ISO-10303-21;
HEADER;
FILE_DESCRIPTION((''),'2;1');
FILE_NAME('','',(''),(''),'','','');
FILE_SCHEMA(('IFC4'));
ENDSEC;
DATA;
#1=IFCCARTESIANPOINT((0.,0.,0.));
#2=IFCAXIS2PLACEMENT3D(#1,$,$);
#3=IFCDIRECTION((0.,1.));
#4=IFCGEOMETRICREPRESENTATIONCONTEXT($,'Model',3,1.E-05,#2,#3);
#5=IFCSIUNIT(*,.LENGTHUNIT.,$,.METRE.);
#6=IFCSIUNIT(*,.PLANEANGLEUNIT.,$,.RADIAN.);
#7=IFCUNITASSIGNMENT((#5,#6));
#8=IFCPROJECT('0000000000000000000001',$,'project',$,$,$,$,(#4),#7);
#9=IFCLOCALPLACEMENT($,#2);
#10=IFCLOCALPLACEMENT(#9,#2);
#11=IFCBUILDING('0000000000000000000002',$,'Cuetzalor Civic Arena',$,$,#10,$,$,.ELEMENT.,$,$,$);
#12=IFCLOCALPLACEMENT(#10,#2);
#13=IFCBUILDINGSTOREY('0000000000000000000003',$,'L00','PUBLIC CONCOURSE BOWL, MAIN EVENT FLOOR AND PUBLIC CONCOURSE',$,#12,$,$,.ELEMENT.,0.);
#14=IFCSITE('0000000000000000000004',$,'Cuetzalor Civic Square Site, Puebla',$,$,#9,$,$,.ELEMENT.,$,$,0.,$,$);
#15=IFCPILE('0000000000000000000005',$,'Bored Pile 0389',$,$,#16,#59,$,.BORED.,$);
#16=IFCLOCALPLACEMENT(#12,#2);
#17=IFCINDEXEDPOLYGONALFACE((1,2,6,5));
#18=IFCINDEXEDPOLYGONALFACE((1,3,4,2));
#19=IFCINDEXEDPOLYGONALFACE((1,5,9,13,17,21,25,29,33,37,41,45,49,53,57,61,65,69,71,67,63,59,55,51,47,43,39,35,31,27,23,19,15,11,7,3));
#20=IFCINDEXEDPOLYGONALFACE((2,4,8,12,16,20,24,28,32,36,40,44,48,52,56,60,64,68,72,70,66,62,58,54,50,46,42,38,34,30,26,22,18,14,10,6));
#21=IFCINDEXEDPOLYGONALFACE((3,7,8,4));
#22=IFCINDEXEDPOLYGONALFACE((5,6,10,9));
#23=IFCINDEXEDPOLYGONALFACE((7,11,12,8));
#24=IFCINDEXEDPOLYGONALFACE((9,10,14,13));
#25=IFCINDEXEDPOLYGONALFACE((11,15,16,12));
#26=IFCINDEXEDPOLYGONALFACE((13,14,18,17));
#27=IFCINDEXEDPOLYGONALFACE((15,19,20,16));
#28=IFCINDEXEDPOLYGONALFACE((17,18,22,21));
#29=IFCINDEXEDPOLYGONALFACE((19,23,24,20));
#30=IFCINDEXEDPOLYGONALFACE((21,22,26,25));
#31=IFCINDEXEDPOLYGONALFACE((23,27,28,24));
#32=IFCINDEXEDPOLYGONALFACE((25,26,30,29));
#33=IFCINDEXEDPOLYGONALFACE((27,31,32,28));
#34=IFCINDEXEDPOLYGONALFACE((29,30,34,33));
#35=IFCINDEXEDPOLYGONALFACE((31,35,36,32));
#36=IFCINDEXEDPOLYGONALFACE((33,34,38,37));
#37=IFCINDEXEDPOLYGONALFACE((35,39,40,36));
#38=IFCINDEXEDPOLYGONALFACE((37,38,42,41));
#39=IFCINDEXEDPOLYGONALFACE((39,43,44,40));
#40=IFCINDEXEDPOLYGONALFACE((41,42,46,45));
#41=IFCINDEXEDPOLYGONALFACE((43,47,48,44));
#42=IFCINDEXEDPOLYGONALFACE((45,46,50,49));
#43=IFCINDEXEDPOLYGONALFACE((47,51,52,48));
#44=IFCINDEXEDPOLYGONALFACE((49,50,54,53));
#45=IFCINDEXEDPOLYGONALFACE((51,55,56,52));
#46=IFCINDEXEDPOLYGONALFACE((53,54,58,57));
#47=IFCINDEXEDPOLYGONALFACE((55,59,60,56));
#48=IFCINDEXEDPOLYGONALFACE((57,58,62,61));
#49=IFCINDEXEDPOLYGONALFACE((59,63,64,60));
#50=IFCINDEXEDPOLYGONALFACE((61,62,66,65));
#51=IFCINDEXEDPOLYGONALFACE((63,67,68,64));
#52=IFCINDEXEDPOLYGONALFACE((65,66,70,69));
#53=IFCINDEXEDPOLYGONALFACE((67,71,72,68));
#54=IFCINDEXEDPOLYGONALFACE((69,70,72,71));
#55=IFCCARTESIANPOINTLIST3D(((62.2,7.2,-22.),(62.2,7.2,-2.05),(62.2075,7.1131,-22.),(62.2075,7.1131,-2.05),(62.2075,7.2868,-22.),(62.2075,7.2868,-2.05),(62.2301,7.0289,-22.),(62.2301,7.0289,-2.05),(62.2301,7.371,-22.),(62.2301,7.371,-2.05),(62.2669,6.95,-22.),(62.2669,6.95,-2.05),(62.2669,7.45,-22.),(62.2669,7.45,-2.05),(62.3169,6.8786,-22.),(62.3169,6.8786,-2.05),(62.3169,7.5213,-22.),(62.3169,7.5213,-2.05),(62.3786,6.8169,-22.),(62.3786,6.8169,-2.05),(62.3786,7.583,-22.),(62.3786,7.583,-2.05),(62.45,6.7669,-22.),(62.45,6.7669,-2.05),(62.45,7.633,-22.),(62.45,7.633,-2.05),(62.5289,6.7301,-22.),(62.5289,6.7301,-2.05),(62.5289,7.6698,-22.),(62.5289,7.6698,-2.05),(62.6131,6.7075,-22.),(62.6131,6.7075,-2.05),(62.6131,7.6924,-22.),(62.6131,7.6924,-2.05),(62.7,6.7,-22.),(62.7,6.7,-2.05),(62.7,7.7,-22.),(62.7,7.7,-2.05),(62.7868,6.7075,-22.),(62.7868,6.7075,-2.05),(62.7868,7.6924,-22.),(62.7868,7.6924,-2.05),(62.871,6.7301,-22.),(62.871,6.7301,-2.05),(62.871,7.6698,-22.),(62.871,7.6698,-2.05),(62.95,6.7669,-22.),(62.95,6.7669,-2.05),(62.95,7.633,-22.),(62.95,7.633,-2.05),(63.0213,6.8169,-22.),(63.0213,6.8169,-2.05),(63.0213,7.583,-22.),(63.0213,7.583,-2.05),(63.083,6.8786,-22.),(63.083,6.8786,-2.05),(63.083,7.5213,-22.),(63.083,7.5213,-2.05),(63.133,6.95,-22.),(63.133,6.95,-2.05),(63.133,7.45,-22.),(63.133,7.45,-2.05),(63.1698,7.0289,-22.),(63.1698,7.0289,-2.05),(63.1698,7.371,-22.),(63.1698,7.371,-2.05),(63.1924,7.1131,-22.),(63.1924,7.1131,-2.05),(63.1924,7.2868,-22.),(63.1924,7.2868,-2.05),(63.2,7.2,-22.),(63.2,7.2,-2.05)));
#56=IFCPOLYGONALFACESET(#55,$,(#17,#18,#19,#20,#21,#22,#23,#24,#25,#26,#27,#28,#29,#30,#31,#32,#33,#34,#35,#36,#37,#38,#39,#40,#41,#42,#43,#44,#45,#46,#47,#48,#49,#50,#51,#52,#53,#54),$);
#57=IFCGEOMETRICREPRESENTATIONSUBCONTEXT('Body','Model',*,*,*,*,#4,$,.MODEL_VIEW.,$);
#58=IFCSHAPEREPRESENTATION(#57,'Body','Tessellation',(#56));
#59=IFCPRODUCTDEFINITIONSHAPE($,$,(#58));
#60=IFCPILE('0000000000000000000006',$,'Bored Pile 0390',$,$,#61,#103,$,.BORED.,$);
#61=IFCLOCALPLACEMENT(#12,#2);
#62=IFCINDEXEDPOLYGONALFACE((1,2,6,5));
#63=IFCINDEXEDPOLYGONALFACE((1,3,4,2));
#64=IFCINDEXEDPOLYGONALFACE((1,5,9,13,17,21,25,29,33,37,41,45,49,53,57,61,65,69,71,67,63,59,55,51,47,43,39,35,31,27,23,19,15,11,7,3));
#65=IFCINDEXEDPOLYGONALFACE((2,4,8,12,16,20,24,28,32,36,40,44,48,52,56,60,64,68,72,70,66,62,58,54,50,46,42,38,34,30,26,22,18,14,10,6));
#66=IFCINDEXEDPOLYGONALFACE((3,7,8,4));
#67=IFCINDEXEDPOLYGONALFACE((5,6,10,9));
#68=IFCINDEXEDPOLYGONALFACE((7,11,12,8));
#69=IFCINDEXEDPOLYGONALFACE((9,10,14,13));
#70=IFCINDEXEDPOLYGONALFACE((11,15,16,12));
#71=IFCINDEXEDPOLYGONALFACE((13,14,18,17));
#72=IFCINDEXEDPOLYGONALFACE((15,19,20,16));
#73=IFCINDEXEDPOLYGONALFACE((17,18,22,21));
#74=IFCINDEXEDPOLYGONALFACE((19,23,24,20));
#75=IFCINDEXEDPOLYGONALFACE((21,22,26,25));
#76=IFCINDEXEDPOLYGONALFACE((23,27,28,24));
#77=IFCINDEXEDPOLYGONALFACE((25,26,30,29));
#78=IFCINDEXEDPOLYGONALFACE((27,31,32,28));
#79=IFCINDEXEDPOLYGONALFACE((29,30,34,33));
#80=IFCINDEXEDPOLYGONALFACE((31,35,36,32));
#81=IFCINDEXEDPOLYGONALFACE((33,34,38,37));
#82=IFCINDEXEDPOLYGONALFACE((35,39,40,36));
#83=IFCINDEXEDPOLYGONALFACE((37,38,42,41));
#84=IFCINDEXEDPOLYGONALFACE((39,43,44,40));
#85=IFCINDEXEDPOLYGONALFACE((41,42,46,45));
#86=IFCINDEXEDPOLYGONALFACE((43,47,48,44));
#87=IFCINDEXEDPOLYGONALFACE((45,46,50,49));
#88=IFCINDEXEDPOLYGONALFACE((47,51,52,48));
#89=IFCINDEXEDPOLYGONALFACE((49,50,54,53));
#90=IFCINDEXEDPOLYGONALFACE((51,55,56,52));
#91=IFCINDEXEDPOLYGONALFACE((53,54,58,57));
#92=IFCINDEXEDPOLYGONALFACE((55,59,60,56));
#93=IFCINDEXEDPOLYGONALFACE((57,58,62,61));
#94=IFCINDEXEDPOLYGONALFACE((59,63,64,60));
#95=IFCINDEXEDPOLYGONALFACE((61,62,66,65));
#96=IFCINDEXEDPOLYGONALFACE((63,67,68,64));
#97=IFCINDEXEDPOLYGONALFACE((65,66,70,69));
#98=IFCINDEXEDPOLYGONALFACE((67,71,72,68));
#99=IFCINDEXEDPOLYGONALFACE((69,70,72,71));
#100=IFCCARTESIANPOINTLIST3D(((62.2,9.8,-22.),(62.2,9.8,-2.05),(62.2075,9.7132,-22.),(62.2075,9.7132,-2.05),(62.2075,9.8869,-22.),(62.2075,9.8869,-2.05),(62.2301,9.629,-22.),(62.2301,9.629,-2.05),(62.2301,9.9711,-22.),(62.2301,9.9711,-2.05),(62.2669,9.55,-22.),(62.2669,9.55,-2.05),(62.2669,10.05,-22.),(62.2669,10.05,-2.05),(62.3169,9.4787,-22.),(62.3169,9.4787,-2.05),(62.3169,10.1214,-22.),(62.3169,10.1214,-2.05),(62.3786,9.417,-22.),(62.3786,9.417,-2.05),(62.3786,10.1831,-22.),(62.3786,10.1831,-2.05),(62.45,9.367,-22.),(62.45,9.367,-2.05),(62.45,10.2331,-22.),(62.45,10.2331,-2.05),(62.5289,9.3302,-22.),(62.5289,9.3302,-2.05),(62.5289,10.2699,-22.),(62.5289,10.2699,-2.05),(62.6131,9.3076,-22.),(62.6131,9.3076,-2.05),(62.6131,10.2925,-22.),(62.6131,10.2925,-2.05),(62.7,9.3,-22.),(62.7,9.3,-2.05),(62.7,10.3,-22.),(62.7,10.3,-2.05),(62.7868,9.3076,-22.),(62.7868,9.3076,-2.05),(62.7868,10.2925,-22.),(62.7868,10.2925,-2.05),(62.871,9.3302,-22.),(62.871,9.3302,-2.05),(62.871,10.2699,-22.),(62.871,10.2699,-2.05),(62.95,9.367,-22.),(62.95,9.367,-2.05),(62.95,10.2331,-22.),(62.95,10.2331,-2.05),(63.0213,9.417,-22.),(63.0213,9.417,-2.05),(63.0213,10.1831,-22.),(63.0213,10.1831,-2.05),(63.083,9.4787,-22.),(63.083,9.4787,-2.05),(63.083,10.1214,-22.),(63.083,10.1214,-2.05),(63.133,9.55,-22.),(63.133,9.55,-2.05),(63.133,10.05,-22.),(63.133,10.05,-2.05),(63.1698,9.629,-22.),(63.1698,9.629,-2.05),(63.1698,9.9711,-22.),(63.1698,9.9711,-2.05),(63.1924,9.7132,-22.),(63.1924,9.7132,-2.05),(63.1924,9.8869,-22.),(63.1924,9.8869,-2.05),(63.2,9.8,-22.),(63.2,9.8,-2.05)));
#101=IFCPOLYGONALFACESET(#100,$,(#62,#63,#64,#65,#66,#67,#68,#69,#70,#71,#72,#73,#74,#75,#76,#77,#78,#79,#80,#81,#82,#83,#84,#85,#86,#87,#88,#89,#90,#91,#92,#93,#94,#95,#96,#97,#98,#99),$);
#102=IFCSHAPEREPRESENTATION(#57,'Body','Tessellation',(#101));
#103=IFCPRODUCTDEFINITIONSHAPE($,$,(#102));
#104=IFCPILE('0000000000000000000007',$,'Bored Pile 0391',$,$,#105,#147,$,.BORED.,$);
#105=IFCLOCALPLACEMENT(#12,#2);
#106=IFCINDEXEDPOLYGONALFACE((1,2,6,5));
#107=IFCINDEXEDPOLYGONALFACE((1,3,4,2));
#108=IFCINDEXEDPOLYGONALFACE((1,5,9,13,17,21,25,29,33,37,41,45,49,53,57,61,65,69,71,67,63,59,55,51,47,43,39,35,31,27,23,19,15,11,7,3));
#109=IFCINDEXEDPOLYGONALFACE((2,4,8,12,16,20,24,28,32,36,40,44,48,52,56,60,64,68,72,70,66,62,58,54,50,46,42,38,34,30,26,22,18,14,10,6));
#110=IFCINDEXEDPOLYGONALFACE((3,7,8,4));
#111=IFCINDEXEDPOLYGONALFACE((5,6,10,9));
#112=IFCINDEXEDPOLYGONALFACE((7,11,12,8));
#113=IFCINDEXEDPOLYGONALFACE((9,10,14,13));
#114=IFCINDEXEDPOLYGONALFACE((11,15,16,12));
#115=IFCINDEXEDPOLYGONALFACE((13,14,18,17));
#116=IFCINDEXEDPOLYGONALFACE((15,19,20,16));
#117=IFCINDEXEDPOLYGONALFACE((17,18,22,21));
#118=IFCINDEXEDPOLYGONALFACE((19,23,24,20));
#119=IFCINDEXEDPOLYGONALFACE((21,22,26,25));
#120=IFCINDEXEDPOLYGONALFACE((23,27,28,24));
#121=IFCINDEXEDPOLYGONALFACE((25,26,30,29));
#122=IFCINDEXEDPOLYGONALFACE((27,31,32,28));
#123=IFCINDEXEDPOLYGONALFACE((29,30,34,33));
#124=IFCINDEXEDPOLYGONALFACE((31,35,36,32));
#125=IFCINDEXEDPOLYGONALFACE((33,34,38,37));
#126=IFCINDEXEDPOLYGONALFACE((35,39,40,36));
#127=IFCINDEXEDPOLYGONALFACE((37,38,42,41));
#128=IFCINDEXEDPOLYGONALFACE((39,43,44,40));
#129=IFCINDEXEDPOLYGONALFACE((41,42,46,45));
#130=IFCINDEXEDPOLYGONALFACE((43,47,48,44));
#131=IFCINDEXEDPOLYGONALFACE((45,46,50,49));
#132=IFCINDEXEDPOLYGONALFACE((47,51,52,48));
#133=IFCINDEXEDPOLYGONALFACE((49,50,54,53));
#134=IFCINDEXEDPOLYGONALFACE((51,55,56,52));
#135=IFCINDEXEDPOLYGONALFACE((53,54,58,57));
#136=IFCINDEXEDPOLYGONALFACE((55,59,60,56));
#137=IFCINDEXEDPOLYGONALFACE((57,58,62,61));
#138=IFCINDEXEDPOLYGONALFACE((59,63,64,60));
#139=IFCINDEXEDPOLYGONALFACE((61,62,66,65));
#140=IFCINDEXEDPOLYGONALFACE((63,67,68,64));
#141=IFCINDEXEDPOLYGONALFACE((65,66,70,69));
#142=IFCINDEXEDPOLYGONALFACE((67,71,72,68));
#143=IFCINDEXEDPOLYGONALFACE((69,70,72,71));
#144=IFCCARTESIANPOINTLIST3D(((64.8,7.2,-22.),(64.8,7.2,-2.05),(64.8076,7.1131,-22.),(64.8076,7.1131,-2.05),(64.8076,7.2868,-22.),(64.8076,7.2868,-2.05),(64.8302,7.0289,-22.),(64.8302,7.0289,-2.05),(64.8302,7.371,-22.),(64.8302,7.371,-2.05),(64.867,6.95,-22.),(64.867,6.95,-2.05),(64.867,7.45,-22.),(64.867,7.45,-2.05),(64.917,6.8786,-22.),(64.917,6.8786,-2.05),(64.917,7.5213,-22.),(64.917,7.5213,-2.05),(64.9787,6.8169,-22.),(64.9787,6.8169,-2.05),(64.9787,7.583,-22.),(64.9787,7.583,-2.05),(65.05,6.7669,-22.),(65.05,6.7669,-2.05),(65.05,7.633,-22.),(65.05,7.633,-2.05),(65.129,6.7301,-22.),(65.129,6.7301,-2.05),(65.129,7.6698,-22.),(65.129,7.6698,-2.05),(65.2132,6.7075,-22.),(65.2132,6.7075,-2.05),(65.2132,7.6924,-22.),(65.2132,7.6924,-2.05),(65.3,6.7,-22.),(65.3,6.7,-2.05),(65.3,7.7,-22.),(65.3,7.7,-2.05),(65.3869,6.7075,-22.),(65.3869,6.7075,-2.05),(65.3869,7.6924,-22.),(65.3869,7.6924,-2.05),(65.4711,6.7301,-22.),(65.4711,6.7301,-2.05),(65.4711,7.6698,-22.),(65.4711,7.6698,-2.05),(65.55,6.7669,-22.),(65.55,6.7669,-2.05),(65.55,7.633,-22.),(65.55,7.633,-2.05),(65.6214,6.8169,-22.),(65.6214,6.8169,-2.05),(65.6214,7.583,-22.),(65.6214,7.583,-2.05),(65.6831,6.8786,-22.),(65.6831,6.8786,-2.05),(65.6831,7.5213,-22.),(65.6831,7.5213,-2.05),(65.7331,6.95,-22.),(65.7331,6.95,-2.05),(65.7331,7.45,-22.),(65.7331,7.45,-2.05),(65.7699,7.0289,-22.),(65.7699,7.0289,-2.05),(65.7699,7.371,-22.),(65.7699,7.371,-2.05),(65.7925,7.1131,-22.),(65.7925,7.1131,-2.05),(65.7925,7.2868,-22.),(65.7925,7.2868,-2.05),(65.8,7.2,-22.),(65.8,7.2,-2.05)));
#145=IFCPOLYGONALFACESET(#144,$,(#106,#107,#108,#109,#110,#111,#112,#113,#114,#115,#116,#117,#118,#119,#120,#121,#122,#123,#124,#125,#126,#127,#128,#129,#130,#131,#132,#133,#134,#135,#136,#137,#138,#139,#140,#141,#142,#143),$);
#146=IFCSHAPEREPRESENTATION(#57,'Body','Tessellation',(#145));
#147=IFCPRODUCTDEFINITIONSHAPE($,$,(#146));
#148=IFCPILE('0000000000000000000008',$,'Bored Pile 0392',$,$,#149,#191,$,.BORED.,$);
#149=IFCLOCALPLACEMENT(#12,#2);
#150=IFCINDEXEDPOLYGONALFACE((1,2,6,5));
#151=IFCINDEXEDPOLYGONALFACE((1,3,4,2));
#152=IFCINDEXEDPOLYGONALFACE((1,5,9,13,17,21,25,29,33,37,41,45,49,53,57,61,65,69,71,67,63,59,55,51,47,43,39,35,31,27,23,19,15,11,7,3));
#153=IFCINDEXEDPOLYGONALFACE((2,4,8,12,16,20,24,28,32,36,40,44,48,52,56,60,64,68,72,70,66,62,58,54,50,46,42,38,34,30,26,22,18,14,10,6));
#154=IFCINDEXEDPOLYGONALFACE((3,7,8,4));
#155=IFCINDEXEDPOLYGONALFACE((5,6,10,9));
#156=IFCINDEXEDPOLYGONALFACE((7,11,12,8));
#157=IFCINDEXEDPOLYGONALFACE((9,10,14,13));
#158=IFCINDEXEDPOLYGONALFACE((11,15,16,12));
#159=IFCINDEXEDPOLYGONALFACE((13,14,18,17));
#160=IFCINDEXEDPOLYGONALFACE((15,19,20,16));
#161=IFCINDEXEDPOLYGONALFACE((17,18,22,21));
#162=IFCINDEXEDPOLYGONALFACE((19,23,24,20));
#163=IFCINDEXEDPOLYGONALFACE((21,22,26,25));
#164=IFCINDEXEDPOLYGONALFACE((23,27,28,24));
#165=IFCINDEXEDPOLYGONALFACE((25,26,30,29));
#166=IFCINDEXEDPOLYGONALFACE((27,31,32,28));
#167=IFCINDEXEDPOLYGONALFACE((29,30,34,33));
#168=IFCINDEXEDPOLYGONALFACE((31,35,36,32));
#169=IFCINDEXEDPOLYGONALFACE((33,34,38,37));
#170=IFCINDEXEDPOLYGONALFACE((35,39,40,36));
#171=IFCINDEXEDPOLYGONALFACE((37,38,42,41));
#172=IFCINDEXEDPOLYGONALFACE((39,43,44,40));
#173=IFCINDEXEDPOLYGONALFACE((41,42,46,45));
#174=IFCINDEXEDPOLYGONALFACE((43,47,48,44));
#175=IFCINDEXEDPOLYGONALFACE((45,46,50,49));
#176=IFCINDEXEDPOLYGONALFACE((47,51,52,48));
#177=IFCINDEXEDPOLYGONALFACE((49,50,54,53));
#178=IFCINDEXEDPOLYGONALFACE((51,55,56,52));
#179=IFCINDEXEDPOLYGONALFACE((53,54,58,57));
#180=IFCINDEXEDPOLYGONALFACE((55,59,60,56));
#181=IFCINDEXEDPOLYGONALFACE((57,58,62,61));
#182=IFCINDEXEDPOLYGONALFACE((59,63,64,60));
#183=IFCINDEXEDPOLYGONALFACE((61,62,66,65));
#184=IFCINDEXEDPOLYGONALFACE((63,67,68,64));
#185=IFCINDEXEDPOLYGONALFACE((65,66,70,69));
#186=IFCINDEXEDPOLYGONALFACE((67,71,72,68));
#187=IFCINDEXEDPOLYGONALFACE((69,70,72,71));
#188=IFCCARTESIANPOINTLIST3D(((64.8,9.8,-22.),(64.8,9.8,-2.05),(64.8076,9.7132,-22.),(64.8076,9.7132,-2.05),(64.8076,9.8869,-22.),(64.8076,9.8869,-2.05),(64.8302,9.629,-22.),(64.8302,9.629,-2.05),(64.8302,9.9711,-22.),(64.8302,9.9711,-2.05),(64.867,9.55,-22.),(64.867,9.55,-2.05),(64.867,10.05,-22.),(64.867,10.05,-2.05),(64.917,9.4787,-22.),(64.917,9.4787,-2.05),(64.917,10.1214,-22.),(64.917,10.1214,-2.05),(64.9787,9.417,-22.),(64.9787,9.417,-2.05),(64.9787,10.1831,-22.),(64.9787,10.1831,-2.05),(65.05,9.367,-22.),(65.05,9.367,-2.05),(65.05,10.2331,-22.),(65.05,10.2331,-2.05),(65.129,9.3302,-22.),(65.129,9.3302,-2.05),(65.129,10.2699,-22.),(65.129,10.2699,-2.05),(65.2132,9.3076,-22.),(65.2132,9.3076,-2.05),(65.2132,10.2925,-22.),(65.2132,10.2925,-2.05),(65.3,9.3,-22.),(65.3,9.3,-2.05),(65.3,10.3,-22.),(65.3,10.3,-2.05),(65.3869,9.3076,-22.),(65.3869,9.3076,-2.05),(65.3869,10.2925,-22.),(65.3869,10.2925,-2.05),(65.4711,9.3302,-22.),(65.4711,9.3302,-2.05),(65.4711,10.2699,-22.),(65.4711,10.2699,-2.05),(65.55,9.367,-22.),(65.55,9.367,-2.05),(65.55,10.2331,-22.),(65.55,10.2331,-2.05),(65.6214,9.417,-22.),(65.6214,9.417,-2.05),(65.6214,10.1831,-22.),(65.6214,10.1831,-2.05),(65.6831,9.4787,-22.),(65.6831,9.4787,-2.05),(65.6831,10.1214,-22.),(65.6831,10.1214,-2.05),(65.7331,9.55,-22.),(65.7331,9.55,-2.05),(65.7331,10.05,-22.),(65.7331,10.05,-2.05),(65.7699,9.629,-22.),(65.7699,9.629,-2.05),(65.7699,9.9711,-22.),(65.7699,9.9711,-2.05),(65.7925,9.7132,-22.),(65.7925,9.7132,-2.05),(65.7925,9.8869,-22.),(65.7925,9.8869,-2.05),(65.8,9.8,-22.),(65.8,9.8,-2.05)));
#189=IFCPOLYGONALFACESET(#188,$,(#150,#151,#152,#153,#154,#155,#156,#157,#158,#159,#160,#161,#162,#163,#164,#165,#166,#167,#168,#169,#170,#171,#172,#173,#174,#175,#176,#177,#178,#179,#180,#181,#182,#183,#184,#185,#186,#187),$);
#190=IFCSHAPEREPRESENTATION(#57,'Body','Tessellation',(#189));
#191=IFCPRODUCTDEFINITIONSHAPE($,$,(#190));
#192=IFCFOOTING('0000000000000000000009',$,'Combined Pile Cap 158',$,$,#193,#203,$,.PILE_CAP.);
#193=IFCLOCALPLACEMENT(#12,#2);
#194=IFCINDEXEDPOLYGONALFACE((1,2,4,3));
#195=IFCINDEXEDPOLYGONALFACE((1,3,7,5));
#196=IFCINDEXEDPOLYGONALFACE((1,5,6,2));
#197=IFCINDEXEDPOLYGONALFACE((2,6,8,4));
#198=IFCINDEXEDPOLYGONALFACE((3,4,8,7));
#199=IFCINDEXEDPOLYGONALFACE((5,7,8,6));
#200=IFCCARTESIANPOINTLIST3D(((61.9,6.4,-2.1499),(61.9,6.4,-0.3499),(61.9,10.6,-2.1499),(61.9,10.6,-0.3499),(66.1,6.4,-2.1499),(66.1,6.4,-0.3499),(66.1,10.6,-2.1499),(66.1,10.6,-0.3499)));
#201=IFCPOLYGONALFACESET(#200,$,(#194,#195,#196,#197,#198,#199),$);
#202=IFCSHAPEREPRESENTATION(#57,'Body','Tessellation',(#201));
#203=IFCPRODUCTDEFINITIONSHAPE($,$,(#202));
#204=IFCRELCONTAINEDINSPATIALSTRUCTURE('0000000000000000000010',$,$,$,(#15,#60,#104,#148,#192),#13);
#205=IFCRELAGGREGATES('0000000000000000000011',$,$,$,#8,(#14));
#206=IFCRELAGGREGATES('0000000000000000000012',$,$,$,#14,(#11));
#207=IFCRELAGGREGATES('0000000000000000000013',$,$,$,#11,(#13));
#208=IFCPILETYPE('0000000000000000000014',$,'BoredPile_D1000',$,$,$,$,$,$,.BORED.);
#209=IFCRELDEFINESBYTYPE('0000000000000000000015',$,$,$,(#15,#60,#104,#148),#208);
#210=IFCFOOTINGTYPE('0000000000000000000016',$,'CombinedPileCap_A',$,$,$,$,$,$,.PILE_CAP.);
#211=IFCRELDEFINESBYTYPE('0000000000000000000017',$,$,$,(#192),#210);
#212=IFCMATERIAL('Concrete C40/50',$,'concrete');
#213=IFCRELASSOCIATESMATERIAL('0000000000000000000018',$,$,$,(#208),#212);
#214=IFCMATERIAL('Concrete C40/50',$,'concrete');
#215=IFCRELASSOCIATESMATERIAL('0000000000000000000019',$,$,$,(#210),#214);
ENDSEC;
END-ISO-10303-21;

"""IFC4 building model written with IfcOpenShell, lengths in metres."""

from ifc_helpers import new_model, si_unit, direction, frame, origin, origin_2d, place, context, subcontext, project, spatial, rectangle, circle, extrude, material, material_profile, profile_set, type_object, element, save


model = new_model("IFC4")

# Units and contexts
model_context = context("Model", 3, precision=1e-05, world=origin(), true_north=direction((0.0, 1.0)))
body_context = subcontext(model_context, "Body", "Model", "MODEL_VIEW")
ifc_project = project(units=[si_unit("LENGTHUNIT", "METRE"), si_unit("PLANEANGLEUNIT", "RADIAN")], contexts=[model_context])

# Site, building, storey
site_placement = place(None, origin())
site = spatial("IfcSite", under=ifc_project, at=site_placement, Name="Cuetzalor Civic Square Site, Puebla", CompositionType="ELEMENT", RefElevation=0.0)
building_placement = place(site_placement, origin())
building = spatial("IfcBuilding", under=site, at=building_placement, Name="Cuetzalor Civic Arena", CompositionType="ELEMENT")
storey_placement = place(building_placement, origin())
storey = spatial("IfcBuildingStorey", under=building, at=storey_placement, Name="L00", Description="PUBLIC CONCOURSE BOWL, MAIN EVENT FLOOR AND PUBLIC CONCOURSE", CompositionType="ELEMENT", Elevation=0.0)

# Piles
ifc_material_1 = material(Name="Concrete C40/50", Category="concrete")
ifc_material_profile_1 = material_profile(ifc_material_1, circle(Radius=0.5, at=origin_2d()), Name="BORED PILE D1000")
ifc_profile_set_1 = profile_set([ifc_material_profile_1], Name="Concrete C40/50")
pile_type = type_object("IfcPileType", Name="BoredPile_D1000", PredefinedType="BORED", material=ifc_profile_set_1)
for number, where, z_axis, x_axis, name in (
    (1, (62.7, 7.2, -2.05), (0.0, 0.0, -1.0), (1.0, 0.0, 0.0), "Bored Pile 0389"),
    (2, (62.7, 9.8, -2.05), (0.0, 0.0, -1.0), (1.0, 0.0, 0.0), "Bored Pile 0390"),
    (3, (65.3, 7.2, -2.05), (0.0, 0.0, -1.0), (1.0, 0.0, 0.0), "Bored Pile 0391"),
    (4, (65.3, 9.8, -2.05), (0.0, 0.0, -1.0), (1.0, 0.0, 0.0), "Bored Pile 0392"),
):
    element("IfcPile", number, at=place(storey_placement, frame(where, z_axis=z_axis, x_axis=x_axis)), inside=storey, type_object=pile_type, Name=name, PredefinedType="BORED", context=body_context, shape_type="SweptSolid", body=[
        extrude(circle(Radius=0.5, at=origin_2d()), origin(), (0.0, 0.0, 1.0), 19.95),
    ])

# Footing
ifc_material_2 = material(Name="Concrete C40/50", Category="concrete")
footing_type_1 = type_object("IfcFootingType", Name="CombinedPileCap_A", PredefinedType="PILE_CAP", material=ifc_material_2)
footing_1_placement = place(storey_placement, frame((64.0, 8.5, -2.1499), z_axis=(0.0, 0.0, 1.0), x_axis=(1.0, 0.0, 0.0)))
element("IfcFooting", 5, at=footing_1_placement, inside=storey, type_object=footing_type_1, Name="Combined Pile Cap 158", PredefinedType="PILE_CAP", context=body_context, shape_type="SweptSolid", body=[
    extrude(rectangle(XDim=4.2, YDim=4.2, at=origin_2d()), origin(), (0.0, 0.0, 1.0), 1.8),
])

save(model, "model.ifc")
